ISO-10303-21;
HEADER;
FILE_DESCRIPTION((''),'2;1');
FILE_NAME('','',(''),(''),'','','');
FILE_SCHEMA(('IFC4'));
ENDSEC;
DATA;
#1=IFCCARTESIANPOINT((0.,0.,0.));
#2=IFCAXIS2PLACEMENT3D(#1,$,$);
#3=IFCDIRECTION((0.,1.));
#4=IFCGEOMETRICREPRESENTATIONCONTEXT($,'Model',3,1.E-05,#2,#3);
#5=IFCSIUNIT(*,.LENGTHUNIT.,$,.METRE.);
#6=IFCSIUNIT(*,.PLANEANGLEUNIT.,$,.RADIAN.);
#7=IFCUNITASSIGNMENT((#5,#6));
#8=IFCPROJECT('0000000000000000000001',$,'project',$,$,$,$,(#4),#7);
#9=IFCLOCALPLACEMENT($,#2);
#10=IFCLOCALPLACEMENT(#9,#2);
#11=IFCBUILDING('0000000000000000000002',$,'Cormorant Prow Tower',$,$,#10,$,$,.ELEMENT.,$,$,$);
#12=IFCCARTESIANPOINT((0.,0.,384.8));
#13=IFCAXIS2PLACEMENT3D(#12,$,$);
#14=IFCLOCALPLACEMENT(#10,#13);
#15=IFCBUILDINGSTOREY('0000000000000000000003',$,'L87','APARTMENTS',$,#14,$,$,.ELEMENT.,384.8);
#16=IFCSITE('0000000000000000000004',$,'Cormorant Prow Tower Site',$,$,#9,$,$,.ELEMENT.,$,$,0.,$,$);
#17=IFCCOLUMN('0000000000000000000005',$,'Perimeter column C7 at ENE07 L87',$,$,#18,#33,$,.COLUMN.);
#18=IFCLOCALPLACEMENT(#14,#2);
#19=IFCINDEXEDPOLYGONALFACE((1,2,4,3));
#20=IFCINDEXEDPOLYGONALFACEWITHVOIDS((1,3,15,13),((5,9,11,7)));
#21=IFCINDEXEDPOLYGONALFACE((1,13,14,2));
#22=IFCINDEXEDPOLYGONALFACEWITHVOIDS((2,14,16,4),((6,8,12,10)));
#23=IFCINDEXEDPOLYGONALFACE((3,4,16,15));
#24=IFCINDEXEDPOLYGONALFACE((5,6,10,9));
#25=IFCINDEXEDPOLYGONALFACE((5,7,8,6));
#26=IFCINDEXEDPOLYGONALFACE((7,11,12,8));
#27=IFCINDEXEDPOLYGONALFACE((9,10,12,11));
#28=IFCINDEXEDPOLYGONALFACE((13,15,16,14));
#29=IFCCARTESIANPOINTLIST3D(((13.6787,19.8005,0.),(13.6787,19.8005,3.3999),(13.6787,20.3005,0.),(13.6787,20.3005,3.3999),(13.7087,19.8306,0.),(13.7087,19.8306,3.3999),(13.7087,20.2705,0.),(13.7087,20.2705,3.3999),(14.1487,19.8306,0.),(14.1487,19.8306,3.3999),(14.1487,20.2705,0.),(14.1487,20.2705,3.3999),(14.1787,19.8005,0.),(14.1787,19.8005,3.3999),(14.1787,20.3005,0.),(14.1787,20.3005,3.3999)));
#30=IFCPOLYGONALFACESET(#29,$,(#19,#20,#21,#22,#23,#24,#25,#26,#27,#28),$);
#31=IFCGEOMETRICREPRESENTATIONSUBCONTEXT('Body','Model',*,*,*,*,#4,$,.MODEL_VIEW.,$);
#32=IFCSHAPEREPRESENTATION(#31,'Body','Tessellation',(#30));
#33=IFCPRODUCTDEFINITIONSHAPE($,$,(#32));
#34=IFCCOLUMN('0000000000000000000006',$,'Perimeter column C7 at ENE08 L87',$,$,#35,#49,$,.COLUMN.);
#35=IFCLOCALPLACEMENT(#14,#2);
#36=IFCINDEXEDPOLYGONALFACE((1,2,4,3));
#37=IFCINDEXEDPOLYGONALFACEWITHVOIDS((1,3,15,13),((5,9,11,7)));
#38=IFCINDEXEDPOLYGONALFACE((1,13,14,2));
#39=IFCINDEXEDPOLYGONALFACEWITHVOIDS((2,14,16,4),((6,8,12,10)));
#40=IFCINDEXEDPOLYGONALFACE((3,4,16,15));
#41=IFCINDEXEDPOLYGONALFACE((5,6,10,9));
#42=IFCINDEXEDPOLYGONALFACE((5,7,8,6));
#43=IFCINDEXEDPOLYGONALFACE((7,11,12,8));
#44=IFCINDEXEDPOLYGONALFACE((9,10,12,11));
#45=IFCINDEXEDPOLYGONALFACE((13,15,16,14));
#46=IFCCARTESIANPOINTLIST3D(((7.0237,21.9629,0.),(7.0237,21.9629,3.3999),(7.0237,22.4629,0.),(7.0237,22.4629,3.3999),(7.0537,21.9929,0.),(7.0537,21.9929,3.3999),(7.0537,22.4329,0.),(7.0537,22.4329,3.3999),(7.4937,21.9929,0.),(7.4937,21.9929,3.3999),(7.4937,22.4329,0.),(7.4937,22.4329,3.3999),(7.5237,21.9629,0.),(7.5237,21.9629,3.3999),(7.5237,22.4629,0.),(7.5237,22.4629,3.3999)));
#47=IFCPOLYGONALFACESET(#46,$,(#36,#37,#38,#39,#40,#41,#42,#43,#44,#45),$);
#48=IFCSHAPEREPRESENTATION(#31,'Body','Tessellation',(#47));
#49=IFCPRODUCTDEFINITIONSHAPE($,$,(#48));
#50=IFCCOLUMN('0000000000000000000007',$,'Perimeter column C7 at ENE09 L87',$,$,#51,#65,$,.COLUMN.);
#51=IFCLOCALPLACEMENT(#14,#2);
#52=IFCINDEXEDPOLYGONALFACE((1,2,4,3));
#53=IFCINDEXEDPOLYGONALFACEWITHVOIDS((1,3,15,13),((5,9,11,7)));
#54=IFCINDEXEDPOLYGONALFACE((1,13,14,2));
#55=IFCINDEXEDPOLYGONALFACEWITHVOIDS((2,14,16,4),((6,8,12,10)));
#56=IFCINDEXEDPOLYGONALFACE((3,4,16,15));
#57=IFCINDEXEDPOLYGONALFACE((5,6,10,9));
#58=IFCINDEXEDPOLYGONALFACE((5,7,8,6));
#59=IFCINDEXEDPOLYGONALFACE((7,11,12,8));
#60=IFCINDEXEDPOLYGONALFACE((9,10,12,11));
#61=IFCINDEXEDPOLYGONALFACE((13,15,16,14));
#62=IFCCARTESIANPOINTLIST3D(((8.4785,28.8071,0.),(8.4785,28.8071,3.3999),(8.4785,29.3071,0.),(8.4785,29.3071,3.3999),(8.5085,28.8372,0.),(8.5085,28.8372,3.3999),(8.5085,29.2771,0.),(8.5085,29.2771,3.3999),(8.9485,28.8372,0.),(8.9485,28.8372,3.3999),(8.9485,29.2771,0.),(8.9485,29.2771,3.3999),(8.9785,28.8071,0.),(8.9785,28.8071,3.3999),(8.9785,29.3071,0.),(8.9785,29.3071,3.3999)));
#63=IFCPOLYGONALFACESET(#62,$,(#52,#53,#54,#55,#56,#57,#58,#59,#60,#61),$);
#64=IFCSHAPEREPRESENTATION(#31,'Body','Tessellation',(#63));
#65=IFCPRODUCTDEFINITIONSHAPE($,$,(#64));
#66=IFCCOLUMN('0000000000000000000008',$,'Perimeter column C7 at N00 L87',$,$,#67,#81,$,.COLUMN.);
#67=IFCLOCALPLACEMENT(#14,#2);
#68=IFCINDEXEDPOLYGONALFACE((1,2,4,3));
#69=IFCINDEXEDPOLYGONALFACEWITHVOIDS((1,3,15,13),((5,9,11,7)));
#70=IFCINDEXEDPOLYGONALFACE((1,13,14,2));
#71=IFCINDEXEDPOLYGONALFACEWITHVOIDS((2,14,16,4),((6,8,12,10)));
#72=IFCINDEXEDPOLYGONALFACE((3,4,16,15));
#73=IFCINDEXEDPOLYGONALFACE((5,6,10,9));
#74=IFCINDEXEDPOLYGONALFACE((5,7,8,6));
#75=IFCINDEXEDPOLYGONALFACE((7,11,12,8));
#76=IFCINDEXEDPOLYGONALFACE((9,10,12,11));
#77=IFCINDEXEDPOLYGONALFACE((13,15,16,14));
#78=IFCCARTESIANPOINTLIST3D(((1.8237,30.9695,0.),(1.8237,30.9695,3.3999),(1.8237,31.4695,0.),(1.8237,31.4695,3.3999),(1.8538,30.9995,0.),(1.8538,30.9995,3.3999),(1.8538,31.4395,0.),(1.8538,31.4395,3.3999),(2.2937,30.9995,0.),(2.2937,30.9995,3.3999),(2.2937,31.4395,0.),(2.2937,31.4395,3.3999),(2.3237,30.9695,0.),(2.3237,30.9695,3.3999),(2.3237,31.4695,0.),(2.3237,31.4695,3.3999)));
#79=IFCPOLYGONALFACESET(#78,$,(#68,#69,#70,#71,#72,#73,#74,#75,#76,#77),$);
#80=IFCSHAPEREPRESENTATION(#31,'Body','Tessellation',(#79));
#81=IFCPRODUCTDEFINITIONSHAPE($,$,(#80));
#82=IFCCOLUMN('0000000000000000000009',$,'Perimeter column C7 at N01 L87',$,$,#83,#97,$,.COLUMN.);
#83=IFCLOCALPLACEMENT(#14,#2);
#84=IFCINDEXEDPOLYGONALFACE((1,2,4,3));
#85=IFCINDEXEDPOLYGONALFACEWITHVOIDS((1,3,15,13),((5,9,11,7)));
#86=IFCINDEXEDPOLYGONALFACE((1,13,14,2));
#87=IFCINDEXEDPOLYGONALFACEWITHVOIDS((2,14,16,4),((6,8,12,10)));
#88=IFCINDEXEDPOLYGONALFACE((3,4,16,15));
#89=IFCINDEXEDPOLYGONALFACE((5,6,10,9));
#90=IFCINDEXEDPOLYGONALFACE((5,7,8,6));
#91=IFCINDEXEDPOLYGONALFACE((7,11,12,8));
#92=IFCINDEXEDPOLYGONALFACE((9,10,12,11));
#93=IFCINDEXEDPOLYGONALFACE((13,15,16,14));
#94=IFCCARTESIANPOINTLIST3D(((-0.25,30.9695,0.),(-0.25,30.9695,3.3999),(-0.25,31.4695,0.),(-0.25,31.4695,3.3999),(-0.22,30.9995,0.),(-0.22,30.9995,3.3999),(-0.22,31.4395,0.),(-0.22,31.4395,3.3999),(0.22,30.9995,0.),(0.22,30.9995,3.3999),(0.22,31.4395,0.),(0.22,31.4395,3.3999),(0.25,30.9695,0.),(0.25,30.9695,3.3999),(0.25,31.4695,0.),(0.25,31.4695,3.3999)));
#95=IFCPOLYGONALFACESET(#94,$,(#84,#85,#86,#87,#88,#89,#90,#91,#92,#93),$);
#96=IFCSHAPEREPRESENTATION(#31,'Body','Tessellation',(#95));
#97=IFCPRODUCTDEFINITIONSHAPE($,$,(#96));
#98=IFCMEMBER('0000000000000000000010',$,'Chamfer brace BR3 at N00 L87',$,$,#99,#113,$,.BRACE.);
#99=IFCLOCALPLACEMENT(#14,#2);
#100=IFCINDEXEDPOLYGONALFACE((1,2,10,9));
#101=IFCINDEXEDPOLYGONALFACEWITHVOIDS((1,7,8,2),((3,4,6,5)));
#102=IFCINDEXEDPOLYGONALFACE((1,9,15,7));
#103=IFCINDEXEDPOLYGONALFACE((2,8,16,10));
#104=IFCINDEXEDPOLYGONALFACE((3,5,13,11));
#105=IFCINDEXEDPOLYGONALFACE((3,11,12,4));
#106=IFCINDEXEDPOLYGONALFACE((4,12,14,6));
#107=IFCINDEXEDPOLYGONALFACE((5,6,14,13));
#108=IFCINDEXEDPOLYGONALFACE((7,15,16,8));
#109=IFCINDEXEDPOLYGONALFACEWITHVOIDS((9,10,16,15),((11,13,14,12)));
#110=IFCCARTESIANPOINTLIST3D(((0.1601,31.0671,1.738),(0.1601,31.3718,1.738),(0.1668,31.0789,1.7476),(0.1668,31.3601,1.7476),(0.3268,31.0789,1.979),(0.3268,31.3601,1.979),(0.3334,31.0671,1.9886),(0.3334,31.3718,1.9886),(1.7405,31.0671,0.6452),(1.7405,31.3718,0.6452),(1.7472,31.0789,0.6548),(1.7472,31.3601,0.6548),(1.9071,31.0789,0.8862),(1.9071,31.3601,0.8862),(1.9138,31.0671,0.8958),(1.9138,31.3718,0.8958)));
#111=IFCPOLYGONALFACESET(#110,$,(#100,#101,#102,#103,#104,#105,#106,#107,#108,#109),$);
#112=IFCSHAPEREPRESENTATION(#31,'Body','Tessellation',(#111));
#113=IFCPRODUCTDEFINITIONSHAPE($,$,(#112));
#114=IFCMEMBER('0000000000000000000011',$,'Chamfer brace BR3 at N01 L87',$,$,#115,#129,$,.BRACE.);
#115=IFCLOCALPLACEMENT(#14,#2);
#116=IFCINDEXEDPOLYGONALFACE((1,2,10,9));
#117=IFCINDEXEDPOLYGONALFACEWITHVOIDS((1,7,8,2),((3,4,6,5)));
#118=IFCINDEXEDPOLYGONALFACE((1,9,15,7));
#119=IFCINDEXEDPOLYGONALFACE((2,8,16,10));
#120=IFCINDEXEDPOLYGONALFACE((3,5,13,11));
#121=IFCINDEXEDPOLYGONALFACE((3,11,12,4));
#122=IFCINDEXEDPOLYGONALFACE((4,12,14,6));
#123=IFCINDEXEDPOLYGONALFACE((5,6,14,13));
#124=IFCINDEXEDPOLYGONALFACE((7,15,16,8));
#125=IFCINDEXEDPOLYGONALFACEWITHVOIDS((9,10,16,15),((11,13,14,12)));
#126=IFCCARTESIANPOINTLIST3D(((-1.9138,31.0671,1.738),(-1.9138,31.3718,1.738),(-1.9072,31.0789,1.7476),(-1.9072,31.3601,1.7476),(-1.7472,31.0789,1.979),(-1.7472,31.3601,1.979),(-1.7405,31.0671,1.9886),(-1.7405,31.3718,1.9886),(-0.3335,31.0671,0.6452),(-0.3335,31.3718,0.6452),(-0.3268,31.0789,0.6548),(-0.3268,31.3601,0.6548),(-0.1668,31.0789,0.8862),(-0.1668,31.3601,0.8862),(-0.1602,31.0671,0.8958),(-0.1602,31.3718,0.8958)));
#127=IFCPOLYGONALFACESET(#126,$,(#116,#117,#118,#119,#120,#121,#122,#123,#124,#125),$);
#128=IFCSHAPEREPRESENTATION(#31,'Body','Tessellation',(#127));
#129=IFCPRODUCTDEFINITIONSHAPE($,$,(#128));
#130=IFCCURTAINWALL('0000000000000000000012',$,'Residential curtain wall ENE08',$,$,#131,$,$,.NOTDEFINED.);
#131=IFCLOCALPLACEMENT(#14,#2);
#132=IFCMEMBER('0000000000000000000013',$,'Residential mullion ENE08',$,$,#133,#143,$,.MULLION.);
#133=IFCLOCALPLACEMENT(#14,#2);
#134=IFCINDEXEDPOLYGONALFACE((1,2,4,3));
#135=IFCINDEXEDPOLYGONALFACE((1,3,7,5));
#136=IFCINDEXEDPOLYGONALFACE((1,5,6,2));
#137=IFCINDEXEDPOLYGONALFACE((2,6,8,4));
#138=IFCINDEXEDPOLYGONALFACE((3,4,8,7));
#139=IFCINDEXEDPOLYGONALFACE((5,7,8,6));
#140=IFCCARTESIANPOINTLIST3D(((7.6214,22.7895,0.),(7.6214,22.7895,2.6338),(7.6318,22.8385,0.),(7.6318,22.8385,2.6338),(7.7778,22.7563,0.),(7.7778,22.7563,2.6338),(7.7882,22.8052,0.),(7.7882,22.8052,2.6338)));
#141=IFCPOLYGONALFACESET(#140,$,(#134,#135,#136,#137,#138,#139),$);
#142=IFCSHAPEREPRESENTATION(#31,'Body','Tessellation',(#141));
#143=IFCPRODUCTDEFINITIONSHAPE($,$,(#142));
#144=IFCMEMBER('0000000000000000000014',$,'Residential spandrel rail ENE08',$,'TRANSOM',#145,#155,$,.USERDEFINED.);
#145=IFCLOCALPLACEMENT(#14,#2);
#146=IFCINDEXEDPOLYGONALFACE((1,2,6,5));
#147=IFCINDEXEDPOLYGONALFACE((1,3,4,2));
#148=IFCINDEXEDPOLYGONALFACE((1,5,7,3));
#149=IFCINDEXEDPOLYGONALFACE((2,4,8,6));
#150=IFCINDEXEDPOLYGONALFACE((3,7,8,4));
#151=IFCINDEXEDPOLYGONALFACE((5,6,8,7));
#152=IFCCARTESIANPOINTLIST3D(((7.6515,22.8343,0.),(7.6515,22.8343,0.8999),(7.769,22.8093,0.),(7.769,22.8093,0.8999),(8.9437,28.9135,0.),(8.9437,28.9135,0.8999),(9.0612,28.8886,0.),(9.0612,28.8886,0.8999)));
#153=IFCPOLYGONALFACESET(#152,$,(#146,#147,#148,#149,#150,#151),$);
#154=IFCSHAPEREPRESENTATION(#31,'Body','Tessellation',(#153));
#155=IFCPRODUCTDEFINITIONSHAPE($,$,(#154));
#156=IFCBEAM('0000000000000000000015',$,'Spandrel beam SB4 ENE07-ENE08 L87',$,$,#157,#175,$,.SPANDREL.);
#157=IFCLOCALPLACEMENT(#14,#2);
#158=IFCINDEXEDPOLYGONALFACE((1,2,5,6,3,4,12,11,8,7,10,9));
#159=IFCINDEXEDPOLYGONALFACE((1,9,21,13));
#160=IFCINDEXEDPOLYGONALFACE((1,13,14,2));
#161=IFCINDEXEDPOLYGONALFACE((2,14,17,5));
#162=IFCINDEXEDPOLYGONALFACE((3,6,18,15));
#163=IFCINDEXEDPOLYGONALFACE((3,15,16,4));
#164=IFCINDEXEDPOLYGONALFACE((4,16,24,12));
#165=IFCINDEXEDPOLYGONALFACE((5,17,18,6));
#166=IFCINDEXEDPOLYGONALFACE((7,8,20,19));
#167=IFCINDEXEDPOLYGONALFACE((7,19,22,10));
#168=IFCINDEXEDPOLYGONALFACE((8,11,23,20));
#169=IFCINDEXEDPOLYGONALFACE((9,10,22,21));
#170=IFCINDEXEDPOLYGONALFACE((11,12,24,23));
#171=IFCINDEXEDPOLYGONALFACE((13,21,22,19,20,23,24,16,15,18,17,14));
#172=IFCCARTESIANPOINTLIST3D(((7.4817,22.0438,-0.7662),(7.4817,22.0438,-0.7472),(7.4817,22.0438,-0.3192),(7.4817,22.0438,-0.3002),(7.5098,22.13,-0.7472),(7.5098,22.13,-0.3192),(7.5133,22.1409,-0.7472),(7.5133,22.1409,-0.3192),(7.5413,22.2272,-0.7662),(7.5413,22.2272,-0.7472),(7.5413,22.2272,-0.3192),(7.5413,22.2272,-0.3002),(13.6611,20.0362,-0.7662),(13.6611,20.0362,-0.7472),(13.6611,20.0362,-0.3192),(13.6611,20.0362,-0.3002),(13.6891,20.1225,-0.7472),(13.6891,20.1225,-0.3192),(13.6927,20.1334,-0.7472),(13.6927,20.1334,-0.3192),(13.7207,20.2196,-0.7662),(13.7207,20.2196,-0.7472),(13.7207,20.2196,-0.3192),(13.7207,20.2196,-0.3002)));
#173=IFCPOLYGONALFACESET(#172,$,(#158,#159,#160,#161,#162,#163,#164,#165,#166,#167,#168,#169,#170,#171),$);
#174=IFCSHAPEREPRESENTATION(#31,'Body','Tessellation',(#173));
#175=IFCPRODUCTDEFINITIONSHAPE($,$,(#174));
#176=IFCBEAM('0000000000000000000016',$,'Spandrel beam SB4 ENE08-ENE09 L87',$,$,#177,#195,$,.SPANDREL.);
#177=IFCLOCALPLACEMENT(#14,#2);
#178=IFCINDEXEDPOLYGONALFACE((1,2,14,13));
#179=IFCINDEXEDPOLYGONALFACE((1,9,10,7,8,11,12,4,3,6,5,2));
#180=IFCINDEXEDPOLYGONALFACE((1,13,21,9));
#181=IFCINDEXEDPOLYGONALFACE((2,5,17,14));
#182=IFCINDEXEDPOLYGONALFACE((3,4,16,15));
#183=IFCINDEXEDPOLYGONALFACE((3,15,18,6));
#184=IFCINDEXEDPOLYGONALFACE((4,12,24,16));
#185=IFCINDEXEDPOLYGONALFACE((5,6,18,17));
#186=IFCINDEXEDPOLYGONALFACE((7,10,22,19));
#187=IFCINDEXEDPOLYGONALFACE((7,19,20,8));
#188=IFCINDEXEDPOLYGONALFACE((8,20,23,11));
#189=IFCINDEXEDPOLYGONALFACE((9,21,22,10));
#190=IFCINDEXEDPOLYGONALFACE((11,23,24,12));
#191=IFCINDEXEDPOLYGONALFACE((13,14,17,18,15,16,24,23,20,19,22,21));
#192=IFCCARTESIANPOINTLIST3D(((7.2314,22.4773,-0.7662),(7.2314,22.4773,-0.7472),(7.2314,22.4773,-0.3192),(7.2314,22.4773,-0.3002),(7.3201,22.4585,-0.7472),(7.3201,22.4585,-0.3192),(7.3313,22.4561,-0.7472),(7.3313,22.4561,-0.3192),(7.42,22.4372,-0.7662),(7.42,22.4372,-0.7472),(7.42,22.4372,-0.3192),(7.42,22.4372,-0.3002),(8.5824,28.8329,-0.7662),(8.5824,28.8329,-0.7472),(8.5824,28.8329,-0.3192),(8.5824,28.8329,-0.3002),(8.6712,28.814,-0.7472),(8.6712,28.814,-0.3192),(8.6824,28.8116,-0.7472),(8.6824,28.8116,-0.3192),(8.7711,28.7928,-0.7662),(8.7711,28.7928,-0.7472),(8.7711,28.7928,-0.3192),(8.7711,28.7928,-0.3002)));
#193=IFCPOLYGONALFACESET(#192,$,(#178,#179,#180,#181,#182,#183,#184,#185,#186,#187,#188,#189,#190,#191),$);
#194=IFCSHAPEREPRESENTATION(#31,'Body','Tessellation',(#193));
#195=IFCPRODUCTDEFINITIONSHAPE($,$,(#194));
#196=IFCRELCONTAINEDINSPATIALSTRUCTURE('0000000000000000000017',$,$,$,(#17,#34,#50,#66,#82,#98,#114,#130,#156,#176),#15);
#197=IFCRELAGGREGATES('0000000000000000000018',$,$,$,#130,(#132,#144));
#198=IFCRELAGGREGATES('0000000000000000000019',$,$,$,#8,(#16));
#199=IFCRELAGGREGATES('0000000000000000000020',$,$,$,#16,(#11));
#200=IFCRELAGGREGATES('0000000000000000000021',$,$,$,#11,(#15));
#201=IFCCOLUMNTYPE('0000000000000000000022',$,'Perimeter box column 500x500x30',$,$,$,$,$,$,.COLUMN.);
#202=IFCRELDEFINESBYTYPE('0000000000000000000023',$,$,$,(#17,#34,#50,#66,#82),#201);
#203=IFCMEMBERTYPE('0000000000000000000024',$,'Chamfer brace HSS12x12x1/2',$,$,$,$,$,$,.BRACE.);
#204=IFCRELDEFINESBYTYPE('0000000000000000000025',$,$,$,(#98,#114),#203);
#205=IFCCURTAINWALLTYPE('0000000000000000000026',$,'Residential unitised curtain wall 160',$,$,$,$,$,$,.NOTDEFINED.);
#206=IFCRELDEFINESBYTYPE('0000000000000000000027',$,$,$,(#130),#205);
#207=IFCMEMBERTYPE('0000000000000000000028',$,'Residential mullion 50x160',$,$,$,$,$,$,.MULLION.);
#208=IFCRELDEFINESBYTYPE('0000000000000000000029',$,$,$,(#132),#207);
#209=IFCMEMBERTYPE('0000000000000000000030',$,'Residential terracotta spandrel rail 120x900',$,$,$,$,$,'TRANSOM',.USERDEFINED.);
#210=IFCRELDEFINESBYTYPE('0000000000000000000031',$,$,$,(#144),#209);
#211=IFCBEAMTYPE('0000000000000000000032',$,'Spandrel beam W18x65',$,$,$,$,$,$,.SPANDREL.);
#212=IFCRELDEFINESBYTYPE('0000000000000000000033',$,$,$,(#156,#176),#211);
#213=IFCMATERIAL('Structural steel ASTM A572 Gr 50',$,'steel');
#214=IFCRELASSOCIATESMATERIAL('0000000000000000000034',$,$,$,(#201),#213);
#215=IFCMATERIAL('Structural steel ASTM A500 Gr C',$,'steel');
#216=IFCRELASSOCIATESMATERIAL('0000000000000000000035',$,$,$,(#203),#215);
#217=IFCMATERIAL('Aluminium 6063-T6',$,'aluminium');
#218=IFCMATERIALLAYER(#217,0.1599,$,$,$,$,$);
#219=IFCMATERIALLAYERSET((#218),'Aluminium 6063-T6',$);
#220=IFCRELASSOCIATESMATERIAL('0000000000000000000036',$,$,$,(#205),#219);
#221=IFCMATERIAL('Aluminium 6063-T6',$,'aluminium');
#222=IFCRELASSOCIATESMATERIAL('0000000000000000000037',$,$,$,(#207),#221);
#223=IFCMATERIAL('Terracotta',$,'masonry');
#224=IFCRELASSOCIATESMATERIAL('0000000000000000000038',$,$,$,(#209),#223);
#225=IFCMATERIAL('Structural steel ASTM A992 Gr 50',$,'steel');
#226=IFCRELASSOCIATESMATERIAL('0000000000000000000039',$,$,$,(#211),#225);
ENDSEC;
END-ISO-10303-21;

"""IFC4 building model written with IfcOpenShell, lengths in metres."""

from ifc_helpers import new_model, si_unit, direction, frame, origin, origin_2d, place, context, subcontext, project, spatial, rectangle, hollow_rectangle, i_section, extrude, material, layer, layer_set, material_profile, profile_set, type_object, element, aggregate, save


model = new_model("IFC4")

# Units and contexts
model_context = context("Model", 3, precision=1e-05, world=origin(), true_north=direction((0.0, 1.0)))
body_context = subcontext(model_context, "Body", "Model", "MODEL_VIEW")
ifc_project = project(units=[si_unit("LENGTHUNIT", "METRE"), si_unit("PLANEANGLEUNIT", "RADIAN")], contexts=[model_context])

# Site, building, storey
site_placement = place(None, origin())
site = spatial("IfcSite", under=ifc_project, at=site_placement, Name="Cormorant Prow Tower Site", CompositionType="ELEMENT", RefElevation=0.0)
building_placement = place(site_placement, origin())
building = spatial("IfcBuilding", under=site, at=building_placement, Name="Cormorant Prow Tower", CompositionType="ELEMENT")
storey_placement = place(building_placement, frame((0.0, 0.0, 384.8)))
storey = spatial("IfcBuildingStorey", under=building, at=storey_placement, Name="L87", Description="APARTMENTS", CompositionType="ELEMENT", Elevation=384.8)

# Columns
ifc_material_1 = material(Name="Structural steel ASTM A572 Gr 50", Category="steel")
ifc_material_profile_1 = material_profile(ifc_material_1, hollow_rectangle(XDim=0.5, YDim=0.5, WallThickness=0.03, at=origin_2d()), Name="Box 500x500x30")
ifc_profile_set_1 = profile_set([ifc_material_profile_1], Name="Structural steel ASTM A572 Gr 50")
column_type = type_object("IfcColumnType", Name="Perimeter box column 500x500x30", PredefinedType="COLUMN", material=ifc_profile_set_1)
for number, where, z_axis, x_axis, name in (
    (1, (13.9287, 20.0505, 0.0), (0.0, 0.0, 1.0), (1.0, 0.0, 0.0), "Perimeter column C7 at ENE07 L87"),
    (2, (7.2737, 22.2129, 0.0), (0.0, 0.0, 1.0), (1.0, 0.0, 0.0), "Perimeter column C7 at ENE08 L87"),
    (3, (8.7285, 29.0571, 0.0), (0.0, 0.0, 1.0), (1.0, 0.0, 0.0), "Perimeter column C7 at ENE09 L87"),
    (4, (2.0737, 31.2195, 0.0), (0.0, 0.0, 1.0), (1.0, 0.0, 0.0), "Perimeter column C7 at N00 L87"),
    (5, (0.0, 31.2195, 0.0), (0.0, 0.0, 1.0), (1.0, 0.0, 0.0), "Perimeter column C7 at N01 L87"),
):
    element("IfcColumn", number, at=place(storey_placement, frame(where, z_axis=z_axis, x_axis=x_axis)), inside=storey, type_object=column_type, Name=name, PredefinedType="COLUMN", context=body_context, shape_type="SweptSolid", body=[
        extrude(hollow_rectangle(XDim=0.5, YDim=0.5, WallThickness=0.03, at=origin_2d()), origin(), (0.0, 0.0, 1.0), 3.3999),
    ])

# Members
ifc_material_2 = material(Name="Structural steel ASTM A500 Gr C", Category="steel")
ifc_material_profile_2 = material_profile(ifc_material_2, hollow_rectangle(XDim=0.3047, YDim=0.3047, WallThickness=0.0117, at=origin_2d()), Name="HSS12x12x1/2")
ifc_profile_set_2 = profile_set([ifc_material_profile_2], Name="Structural steel ASTM A500 Gr C")
member_type_1 = type_object("IfcMemberType", Name="Chamfer brace HSS12x12x1/2", PredefinedType="BRACE", material=ifc_profile_set_2)
for number, where, z_axis, x_axis, name in (
    (6, (1.8271, 31.2195, 0.7705), (-0.822508, 0.0, 0.568754), (0.0, -1.0, 0.0), "Chamfer brace BR3 at N00 L87"),
    (7, (-0.2468, 31.2195, 0.7705), (-0.822508, 0.0, 0.568754), (0.0, -1.0, 0.0), "Chamfer brace BR3 at N01 L87"),
):
    element("IfcMember", number, at=place(storey_placement, frame(where, z_axis=z_axis, x_axis=x_axis)), inside=storey, type_object=member_type_1, Name=name, PredefinedType="BRACE", context=body_context, shape_type="SweptSolid", body=[
        extrude(hollow_rectangle(XDim=0.3047, YDim=0.3047, WallThickness=0.0117, at=origin_2d()), origin(), (0.0, 0.0, 1.0), 1.9214),
    ])

# Curtain wall, members
ifc_material_3 = material(Name="Aluminium 6063-T6", Category="aluminium")
ifc_layer_1 = layer(ifc_material_3, 0.1599)
ifc_layer_set_1 = layer_set([ifc_layer_1], Name="Aluminium 6063-T6")
curtain_wall_type = type_object("IfcCurtainWallType", Name="Residential unitised curtain wall 160", PredefinedType="NOTDEFINED", material=ifc_layer_set_1)
curtain_wall_placement = place(storey_placement, origin())
curtain_wall = element("IfcCurtainWall", 8, at=curtain_wall_placement, inside=storey, type_object=curtain_wall_type, Name="Residential curtain wall ENE08", PredefinedType="NOTDEFINED")
ifc_material_4 = material(Name="Aluminium 6063-T6", Category="aluminium")
ifc_material_profile_3 = material_profile(ifc_material_4, rectangle(XDim=0.1599, YDim=0.05, at=origin_2d()), Name="Residential mullion 50x160")
ifc_profile_set_3 = profile_set([ifc_material_profile_3], Name="Aluminium 6063-T6")
member_type_2 = type_object("IfcMemberType", Name="Residential mullion 50x160", PredefinedType="MULLION", material=ifc_profile_set_3)
member_1_placement = place(storey_placement, frame((7.7048, 22.7974, 0.0), z_axis=(0.0, 0.0, 1.0), x_axis=(-0.978148, 0.207912, 0.0)))
member_1 = element("IfcMember", 9, at=member_1_placement, type_object=member_type_2, Name="Residential mullion ENE08", PredefinedType="MULLION", context=body_context, shape_type="SweptSolid", body=[
    extrude(rectangle(XDim=0.1599, YDim=0.05, at=origin_2d()), origin(), (0.0, 0.0, 1.0), 2.6338),
])
ifc_material_5 = material(Name="Terracotta", Category="masonry")
ifc_material_profile_4 = material_profile(ifc_material_5, rectangle(XDim=0.1201, YDim=0.8999, at=origin_2d()), Name="Residential terracotta spandrel rail 120x900")
ifc_profile_set_4 = profile_set([ifc_material_profile_4], Name="Terracotta")
member_type_3 = type_object("IfcMemberType", Name="Residential terracotta spandrel rail 120x900", ElementType="TRANSOM", PredefinedType="USERDEFINED", material=ifc_profile_set_4)
member_2_placement = place(storey_placement, frame((7.7102, 22.8218, 0.45), z_axis=(0.207917, 0.978147, 0.0), x_axis=(-0.978147, 0.207917, 0.0)))
member_2 = element("IfcMember", 10, at=member_2_placement, type_object=member_type_3, Name="Residential spandrel rail ENE08", ObjectType="TRANSOM", PredefinedType="USERDEFINED", context=body_context, shape_type="SweptSolid", body=[
    extrude(rectangle(XDim=0.1201, YDim=0.8999, at=origin_2d()), origin(), (0.0, 0.0, 1.0), 6.2151),
])

# Beams
ifc_material_6 = material(Name="Structural steel ASTM A992 Gr 50", Category="steel")
ifc_material_profile_5 = material_profile(ifc_material_6, i_section(OverallWidth=0.1929, OverallDepth=0.4661, WebThickness=0.0115, FlangeThickness=0.019, at=origin_2d()), Name="W18x65")
ifc_profile_set_5 = profile_set([ifc_material_profile_5], Name="Structural steel ASTM A992 Gr 50")
beam_type = type_object("IfcBeamType", Name="Spandrel beam W18x65", PredefinedType="SPANDREL", material=ifc_profile_set_5)
beam_placement = place(storey_placement, frame((13.6909, 20.1279, -0.5332), z_axis=(-0.951068, 0.308982, 0.0), x_axis=(-0.308982, -0.951068, 0.0)))
element("IfcBeam", 11, at=beam_placement, inside=storey, type_object=beam_type, Name="Spandrel beam SB4 ENE07-ENE08 L87", PredefinedType="SPANDREL", context=body_context, shape_type="SweptSolid", body=[
    extrude(i_section(OverallWidth=0.1929, OverallDepth=0.4661, WebThickness=0.0115, FlangeThickness=0.019, at=origin_2d()), origin(), (0.0, 0.0, 1.0), 6.4973),
])
for number, where, z_axis, x_axis, name in (
    (12, (7.3257, 22.4573, -0.5332), (0.207938, 0.978142, 0.0), (-0.978142, 0.207938, 0.0), "Spandrel beam SB4 ENE08-ENE09 L87"),
):
    element("IfcBeam", number, at=place(storey_placement, frame(where, z_axis=z_axis, x_axis=x_axis)), inside=storey, type_object=beam_type, Name=name, PredefinedType="SPANDREL", context=body_context, shape_type="SweptSolid", body=[
        extrude(i_section(OverallWidth=0.1929, OverallDepth=0.4661, WebThickness=0.0115, FlangeThickness=0.019, at=origin_2d()), origin(), (0.0, 0.0, 1.0), 6.4976),
    ])

aggregate(curtain_wall, [member_1, member_2])

save(model, "model.ifc")
